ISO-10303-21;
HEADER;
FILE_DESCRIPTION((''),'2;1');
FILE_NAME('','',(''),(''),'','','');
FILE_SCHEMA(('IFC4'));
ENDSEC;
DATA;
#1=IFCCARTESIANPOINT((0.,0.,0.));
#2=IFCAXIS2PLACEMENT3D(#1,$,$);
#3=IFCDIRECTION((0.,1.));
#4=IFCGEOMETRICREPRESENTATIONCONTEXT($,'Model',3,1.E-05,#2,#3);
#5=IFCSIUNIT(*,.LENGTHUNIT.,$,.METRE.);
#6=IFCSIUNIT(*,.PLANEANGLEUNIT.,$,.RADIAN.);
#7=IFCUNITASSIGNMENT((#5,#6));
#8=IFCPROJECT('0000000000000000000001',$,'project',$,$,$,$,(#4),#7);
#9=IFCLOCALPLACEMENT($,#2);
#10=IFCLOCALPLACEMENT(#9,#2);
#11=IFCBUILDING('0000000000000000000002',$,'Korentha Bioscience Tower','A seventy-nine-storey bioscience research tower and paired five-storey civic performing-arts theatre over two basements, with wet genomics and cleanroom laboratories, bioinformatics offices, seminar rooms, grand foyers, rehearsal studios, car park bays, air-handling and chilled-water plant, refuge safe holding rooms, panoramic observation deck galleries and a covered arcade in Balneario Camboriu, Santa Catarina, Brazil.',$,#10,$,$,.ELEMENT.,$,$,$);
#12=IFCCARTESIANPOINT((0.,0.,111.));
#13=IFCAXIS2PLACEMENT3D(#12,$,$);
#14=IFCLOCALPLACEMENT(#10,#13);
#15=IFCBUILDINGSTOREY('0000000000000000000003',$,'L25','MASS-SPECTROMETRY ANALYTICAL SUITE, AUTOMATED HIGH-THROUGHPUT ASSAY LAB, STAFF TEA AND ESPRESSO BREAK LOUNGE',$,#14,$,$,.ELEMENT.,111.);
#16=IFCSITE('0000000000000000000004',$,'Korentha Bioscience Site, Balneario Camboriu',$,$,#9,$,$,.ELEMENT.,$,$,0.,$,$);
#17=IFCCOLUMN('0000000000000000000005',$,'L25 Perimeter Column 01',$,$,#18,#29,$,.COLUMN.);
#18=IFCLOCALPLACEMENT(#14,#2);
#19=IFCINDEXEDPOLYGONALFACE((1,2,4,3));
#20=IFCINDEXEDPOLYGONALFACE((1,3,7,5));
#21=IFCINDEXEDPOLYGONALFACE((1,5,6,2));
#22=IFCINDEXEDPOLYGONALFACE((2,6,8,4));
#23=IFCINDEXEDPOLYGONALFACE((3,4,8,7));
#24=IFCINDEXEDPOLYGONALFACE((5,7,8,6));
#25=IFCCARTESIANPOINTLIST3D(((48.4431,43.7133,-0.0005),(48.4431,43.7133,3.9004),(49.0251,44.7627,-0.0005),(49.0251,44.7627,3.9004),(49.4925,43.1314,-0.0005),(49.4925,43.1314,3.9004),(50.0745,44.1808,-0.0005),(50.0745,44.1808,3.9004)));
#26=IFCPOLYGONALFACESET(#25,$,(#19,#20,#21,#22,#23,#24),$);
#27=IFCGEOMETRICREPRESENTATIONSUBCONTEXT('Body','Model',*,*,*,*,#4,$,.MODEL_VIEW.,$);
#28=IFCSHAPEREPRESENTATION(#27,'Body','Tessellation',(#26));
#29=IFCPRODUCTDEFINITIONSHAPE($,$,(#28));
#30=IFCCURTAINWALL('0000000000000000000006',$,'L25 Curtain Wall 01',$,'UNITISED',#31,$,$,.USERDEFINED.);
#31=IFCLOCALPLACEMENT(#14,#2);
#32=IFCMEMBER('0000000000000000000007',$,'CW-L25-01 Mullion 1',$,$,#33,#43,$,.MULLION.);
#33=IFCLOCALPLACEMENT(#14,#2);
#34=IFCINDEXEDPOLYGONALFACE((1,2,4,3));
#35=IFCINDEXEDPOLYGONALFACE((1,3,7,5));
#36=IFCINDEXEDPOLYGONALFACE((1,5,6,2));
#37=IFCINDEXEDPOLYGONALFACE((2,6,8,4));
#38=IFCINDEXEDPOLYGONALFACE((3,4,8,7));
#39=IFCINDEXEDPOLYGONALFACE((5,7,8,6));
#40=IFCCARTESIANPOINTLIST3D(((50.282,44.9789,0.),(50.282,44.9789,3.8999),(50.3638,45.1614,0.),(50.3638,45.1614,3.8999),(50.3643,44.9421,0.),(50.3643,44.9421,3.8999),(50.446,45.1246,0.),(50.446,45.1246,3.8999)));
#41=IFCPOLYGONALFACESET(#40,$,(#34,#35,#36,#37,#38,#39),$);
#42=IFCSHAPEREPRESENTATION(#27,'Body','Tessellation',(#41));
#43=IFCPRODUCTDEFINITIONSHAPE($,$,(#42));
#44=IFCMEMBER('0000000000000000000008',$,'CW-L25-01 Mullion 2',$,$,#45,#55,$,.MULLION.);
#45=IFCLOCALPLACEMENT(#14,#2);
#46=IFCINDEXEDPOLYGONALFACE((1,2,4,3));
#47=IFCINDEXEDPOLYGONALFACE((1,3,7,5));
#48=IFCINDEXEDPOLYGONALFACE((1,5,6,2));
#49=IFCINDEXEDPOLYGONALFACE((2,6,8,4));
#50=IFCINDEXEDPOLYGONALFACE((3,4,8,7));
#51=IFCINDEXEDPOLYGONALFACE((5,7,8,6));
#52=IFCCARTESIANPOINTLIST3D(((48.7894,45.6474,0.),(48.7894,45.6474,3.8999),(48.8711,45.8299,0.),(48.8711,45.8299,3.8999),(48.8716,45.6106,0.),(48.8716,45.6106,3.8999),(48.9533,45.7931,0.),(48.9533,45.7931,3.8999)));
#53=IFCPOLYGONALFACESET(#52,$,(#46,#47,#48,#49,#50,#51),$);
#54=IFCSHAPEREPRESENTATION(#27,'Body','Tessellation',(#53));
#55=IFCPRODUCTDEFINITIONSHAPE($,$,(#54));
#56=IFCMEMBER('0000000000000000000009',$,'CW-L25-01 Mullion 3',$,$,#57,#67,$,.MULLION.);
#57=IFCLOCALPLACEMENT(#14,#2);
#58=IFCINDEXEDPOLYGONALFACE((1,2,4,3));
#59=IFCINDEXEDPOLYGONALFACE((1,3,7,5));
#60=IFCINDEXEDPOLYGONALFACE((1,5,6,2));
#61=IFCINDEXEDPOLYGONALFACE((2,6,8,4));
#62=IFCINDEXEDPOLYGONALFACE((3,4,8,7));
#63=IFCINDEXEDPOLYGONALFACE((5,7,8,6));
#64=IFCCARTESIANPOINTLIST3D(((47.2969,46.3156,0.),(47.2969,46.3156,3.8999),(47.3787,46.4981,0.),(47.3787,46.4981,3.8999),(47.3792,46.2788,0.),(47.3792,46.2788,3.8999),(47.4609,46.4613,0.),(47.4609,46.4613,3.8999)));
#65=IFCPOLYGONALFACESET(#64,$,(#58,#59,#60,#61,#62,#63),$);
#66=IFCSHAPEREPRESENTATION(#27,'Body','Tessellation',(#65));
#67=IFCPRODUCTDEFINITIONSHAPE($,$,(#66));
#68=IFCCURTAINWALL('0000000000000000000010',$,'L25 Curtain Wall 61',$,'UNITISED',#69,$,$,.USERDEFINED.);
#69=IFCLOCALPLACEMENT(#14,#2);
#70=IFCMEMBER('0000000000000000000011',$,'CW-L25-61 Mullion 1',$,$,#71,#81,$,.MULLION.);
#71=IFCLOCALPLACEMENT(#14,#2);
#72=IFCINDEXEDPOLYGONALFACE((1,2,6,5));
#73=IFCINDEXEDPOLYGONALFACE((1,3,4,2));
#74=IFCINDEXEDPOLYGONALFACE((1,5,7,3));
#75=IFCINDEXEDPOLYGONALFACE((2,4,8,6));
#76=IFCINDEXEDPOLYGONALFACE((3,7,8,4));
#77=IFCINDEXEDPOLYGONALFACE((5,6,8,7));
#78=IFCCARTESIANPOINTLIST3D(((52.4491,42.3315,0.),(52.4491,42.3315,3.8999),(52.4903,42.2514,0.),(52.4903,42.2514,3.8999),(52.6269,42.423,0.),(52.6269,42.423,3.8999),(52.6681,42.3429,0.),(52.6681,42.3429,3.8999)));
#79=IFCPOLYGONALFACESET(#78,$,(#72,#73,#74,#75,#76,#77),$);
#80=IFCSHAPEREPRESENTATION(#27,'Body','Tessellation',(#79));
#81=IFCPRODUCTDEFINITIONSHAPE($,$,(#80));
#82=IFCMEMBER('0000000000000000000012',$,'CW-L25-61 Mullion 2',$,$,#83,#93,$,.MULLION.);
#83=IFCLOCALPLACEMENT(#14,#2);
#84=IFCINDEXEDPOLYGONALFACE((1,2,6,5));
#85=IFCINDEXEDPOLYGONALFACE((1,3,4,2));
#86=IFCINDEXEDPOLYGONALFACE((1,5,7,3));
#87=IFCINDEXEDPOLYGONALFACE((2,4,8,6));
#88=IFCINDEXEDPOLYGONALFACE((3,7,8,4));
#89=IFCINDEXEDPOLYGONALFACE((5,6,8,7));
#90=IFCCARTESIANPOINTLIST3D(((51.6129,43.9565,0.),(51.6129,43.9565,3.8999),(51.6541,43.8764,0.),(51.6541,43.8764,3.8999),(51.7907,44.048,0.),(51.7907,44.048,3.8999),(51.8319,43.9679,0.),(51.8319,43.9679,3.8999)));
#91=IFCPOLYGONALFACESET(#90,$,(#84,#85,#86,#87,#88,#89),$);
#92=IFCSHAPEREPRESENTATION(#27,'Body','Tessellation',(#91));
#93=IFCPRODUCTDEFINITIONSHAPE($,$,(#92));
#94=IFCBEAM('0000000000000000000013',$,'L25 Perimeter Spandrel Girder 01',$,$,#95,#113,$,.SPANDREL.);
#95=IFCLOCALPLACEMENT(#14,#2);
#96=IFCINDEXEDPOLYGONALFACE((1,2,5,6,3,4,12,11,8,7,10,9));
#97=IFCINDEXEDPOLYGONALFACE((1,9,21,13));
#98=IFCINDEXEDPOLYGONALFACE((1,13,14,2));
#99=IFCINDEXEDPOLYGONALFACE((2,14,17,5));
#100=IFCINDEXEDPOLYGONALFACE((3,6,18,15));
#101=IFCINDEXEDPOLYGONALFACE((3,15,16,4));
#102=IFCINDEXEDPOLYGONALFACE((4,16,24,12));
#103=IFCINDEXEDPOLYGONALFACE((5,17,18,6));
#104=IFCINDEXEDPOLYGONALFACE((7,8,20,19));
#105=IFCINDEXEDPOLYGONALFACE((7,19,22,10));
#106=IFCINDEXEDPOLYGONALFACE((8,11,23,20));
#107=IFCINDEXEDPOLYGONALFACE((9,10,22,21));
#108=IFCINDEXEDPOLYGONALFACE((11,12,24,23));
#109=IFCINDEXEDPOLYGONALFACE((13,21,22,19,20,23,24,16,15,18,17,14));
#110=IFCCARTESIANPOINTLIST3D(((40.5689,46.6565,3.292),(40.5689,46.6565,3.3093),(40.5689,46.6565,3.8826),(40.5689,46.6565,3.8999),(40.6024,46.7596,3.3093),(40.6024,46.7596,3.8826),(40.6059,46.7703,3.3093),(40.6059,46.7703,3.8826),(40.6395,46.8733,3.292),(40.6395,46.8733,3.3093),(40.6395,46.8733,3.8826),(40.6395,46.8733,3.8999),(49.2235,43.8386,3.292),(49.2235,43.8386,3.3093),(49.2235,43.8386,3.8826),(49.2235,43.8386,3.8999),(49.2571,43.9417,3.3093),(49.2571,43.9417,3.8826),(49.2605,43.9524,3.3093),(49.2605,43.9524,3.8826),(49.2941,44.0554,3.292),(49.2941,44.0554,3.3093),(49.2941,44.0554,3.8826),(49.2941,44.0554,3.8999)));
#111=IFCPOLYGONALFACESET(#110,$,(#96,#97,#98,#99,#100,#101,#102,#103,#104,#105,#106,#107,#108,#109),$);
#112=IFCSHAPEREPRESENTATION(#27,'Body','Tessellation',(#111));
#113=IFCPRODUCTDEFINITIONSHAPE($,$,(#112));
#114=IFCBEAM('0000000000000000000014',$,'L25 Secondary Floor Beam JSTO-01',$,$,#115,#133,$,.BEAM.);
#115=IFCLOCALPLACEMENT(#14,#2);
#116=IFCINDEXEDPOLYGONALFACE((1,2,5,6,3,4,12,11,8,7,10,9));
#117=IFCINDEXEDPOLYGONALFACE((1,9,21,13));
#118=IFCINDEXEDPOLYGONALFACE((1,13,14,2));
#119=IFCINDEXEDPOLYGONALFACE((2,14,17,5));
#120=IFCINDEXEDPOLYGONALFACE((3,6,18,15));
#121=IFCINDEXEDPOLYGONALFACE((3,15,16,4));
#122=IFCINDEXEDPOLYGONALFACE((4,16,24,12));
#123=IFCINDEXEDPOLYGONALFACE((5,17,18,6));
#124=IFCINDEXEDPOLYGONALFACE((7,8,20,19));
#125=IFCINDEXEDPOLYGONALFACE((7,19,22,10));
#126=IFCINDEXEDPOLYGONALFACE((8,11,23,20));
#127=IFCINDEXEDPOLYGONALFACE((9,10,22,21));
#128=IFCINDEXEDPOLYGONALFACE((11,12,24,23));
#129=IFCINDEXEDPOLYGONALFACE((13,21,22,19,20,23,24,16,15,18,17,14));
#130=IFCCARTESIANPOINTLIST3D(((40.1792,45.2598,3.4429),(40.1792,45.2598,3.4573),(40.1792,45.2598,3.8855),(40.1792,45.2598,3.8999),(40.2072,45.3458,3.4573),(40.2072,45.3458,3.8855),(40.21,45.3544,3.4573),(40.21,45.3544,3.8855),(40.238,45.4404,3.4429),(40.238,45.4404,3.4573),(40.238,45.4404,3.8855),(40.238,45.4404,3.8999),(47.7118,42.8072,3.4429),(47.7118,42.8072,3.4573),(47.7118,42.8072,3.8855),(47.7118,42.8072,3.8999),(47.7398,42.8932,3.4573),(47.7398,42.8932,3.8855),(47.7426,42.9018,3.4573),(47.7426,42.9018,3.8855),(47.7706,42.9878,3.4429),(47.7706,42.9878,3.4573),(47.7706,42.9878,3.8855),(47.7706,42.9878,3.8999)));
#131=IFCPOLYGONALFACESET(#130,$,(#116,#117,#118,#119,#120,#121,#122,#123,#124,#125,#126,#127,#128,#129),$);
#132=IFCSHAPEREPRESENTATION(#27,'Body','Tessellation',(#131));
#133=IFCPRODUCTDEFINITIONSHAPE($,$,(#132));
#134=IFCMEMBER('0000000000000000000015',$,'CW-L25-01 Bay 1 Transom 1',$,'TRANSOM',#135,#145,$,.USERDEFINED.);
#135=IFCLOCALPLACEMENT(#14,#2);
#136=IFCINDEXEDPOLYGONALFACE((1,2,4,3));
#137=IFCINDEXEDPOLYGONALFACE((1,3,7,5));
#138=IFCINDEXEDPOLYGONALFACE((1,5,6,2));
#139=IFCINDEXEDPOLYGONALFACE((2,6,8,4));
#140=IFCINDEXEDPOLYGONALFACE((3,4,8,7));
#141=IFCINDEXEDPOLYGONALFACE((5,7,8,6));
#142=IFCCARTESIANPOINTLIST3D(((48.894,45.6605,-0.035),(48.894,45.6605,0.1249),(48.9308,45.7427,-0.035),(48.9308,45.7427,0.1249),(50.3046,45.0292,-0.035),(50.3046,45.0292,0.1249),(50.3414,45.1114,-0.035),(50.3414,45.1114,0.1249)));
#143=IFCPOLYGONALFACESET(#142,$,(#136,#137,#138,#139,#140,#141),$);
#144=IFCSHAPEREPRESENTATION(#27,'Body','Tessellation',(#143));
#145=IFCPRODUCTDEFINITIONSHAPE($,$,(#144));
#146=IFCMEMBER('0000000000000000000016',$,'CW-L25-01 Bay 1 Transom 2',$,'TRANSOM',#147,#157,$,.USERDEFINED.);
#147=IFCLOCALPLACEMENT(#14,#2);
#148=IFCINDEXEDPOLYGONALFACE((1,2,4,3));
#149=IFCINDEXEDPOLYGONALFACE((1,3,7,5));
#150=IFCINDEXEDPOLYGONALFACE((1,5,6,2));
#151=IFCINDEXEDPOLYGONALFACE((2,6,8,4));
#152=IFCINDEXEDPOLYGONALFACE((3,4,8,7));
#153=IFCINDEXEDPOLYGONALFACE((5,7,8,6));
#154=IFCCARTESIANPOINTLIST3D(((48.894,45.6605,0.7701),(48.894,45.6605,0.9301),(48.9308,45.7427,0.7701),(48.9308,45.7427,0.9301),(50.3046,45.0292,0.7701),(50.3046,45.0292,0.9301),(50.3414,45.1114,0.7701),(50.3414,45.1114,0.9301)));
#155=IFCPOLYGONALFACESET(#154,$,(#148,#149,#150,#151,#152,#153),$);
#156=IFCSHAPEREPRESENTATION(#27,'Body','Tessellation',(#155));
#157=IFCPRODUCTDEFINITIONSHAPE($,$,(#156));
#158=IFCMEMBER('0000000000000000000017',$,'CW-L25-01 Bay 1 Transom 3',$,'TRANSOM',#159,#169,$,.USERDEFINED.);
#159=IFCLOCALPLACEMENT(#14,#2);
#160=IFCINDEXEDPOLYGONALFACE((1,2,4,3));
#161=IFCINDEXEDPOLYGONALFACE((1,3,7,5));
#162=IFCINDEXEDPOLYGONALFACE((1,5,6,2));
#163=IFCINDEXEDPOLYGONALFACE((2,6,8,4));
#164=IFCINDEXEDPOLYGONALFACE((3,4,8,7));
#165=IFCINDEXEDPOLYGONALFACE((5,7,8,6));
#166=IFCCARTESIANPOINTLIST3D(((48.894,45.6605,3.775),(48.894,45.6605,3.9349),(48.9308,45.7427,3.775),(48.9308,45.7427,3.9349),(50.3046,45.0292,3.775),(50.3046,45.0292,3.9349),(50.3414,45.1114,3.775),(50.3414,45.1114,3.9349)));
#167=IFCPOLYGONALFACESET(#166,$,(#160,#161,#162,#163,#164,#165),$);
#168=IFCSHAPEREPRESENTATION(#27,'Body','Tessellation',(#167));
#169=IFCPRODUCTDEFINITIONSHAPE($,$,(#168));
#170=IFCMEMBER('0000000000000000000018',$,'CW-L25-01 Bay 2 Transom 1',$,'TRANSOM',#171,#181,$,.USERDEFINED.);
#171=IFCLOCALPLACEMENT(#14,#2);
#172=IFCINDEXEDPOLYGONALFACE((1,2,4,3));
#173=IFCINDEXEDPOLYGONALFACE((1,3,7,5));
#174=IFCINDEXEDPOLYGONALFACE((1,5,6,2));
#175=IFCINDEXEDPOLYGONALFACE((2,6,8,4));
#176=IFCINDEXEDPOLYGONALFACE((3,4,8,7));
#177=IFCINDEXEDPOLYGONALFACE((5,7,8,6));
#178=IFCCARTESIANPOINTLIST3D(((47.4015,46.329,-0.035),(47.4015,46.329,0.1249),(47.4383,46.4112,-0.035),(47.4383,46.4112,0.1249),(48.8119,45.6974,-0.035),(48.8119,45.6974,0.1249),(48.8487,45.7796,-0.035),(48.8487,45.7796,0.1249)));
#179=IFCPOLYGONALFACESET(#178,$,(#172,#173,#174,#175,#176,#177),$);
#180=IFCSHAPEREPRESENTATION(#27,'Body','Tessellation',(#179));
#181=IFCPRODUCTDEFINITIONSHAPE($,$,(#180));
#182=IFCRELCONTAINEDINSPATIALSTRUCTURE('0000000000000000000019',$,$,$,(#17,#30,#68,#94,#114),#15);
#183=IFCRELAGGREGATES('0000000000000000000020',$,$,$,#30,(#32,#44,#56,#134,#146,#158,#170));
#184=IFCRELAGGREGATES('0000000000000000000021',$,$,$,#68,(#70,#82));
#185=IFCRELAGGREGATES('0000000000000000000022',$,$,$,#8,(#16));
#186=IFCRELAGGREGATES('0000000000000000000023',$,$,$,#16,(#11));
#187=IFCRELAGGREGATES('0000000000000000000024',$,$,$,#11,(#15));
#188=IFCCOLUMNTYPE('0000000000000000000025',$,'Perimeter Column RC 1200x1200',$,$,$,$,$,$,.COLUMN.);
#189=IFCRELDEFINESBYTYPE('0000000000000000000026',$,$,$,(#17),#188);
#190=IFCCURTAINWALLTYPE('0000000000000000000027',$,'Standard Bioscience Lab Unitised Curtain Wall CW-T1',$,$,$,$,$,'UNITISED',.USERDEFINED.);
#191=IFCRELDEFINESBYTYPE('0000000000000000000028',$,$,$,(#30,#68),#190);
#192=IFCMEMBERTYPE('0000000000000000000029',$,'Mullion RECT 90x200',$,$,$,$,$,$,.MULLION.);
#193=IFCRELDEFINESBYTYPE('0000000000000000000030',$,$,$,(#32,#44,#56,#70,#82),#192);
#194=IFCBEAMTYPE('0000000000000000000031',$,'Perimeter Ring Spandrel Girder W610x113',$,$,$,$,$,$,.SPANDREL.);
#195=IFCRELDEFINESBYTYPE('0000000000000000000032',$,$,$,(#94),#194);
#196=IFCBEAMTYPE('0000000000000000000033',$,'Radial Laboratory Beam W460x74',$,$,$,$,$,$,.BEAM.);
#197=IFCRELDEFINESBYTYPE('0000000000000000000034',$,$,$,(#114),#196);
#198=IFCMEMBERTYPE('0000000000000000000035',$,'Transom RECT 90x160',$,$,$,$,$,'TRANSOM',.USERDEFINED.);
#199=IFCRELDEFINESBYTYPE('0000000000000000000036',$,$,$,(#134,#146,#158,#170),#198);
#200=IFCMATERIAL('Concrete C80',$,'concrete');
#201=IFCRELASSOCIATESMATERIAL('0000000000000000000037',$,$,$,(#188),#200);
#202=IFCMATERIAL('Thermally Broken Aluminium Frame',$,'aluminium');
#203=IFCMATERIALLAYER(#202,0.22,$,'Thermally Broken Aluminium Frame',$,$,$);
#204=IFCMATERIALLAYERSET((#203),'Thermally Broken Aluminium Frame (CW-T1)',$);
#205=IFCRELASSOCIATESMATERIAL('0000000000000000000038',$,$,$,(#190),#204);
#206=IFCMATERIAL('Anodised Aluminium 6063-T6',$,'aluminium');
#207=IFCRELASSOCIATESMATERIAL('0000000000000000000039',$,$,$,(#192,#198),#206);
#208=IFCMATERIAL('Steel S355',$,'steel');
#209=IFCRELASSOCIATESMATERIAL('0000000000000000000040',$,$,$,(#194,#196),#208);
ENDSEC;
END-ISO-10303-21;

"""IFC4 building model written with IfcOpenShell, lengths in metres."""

from ifc_helpers import new_model, si_unit, direction, frame, origin, origin_2d, place, context, subcontext, project, spatial, rectangle, i_section, extrude, material, layer, layer_set, material_profile, profile_set, type_object, element, aggregate, save


model = new_model("IFC4")

# Units and contexts
model_context = context("Model", 3, precision=1e-05, world=origin(), true_north=direction((0.0, 1.0)))
body_context = subcontext(model_context, "Body", "Model", "MODEL_VIEW")
ifc_project = project(units=[si_unit("LENGTHUNIT", "METRE"), si_unit("PLANEANGLEUNIT", "RADIAN")], contexts=[model_context])

# Site, building, storey
site_placement = place(None, origin())
site = spatial("IfcSite", under=ifc_project, at=site_placement, Name="Korentha Bioscience Site, Balneario Camboriu", CompositionType="ELEMENT", RefElevation=0.0)
building_placement = place(site_placement, origin())
building = spatial("IfcBuilding", under=site, at=building_placement, Name="Korentha Bioscience Tower", Description="A seventy-nine-storey bioscience research tower and paired five-storey civic performing-arts theatre over two basements, with wet genomics and cleanroom laboratories, bioinformatics offices, seminar rooms, grand foyers, rehearsal studios, car park bays, air-handling and chilled-water plant, refuge safe holding rooms, panoramic observation deck galleries and a covered arcade in Balneario Camboriu, Santa Catarina, Brazil.", CompositionType="ELEMENT")
storey_placement = place(building_placement, frame((0.0, 0.0, 111.0)))
storey = spatial("IfcBuildingStorey", under=building, at=storey_placement, Name="L25", Description="MASS-SPECTROMETRY ANALYTICAL SUITE, AUTOMATED HIGH-THROUGHPUT ASSAY LAB, STAFF TEA AND ESPRESSO BREAK LOUNGE", CompositionType="ELEMENT", Elevation=111.0)

# Column
ifc_material_1 = material(Name="Concrete C80", Category="concrete")
ifc_material_profile_1 = material_profile(ifc_material_1, rectangle(XDim=1.2, YDim=1.2, at=origin_2d()), Name="Concrete C80")
ifc_profile_set_1 = profile_set([ifc_material_profile_1], Name="Concrete C80 (COL-P12)")
column_type = type_object("IfcColumnType", Name="Perimeter Column RC 1200x1200", PredefinedType="COLUMN", material=ifc_profile_set_1)
column_placement = place(storey_placement, frame((49.2588, 43.947, -0.0005), z_axis=(0.0, 0.0, 1.0), x_axis=(-0.874535, 0.484962, 0.0)))
element("IfcColumn", 1, at=column_placement, inside=storey, type_object=column_type, Name="L25 Perimeter Column 01", PredefinedType="COLUMN", context=body_context, shape_type="SweptSolid", body=[
    extrude(rectangle(XDim=1.2, YDim=1.2, at=origin_2d()), origin(), (0.0, 0.0, 1.0), 3.9009),
])

# Curtain walls, members
ifc_material_2 = material(Name="Thermally Broken Aluminium Frame", Category="aluminium")
ifc_layer_1 = layer(ifc_material_2, 0.22, Name="Thermally Broken Aluminium Frame")
ifc_layer_set_1 = layer_set([ifc_layer_1], Name="Thermally Broken Aluminium Frame (CW-T1)")
curtain_wall_type = type_object("IfcCurtainWallType", Name="Standard Bioscience Lab Unitised Curtain Wall CW-T1", ElementType="UNITISED", PredefinedType="USERDEFINED", material=ifc_layer_set_1)
curtain_wall_1_placement = place(storey_placement, origin())
curtain_wall_1 = element("IfcCurtainWall", 2, at=curtain_wall_1_placement, inside=storey, type_object=curtain_wall_type, Name="L25 Curtain Wall 01", ObjectType="UNITISED", PredefinedType="USERDEFINED")
ifc_material_3 = material(Name="Anodised Aluminium 6063-T6", Category="aluminium")
ifc_material_profile_2 = material_profile(ifc_material_3, rectangle(XDim=0.0901, YDim=0.2, at=origin_2d()), Name="Anodised Aluminium 6063-T6")
ifc_profile_set_2 = profile_set([ifc_material_profile_2], Name="Anodised Aluminium 6063-T6 (CW-MUL)")
member_type_1 = type_object("IfcMemberType", Name="Mullion RECT 90x200", PredefinedType="MULLION", material=ifc_profile_set_2)
member_1_placement = place(storey_placement, frame((50.364, 45.0518, 0.0), z_axis=(0.0, 0.0, 1.0), x_axis=(-0.912687, 0.40866, 0.0)))
member_1 = element("IfcMember", 3, at=member_1_placement, type_object=member_type_1, Name="CW-L25-01 Mullion 1", PredefinedType="MULLION", context=body_context, shape_type="SweptSolid", body=[
    extrude(rectangle(XDim=0.0901, YDim=0.2, at=origin_2d()), origin(), (0.0, 0.0, 1.0), 3.8999),
])
member_2_placement = place(storey_placement, frame((48.8713, 45.7202, 0.0), z_axis=(0.0, 0.0, 1.0), x_axis=(-0.912687, 0.40866, 0.0)))
member_2 = element("IfcMember", 4, at=member_2_placement, type_object=member_type_1, Name="CW-L25-01 Mullion 2", PredefinedType="MULLION", context=body_context, shape_type="SweptSolid", body=[
    extrude(rectangle(XDim=0.0901, YDim=0.2, at=origin_2d()), origin(), (0.0, 0.0, 1.0), 3.8999),
])
member_3_placement = place(storey_placement, frame((47.3789, 46.3884, 0.0), z_axis=(0.0, 0.0, 1.0), x_axis=(-0.912687, 0.40866, 0.0)))
member_3 = element("IfcMember", 5, at=member_3_placement, type_object=member_type_1, Name="CW-L25-01 Mullion 3", PredefinedType="MULLION", context=body_context, shape_type="SweptSolid", body=[
    extrude(rectangle(XDim=0.0901, YDim=0.2, at=origin_2d()), origin(), (0.0, 0.0, 1.0), 3.8999),
])
curtain_wall_2_placement = place(storey_placement, origin())
curtain_wall_2 = element("IfcCurtainWall", 6, at=curtain_wall_2_placement, inside=storey, type_object=curtain_wall_type, Name="L25 Curtain Wall 61", ObjectType="UNITISED", PredefinedType="USERDEFINED")
member_4_placement = place(storey_placement, frame((52.5586, 42.3372, 0.0), z_axis=(0.0, 0.0, 1.0), x_axis=(-0.457613, 0.889151, 0.0)))
member_4 = element("IfcMember", 7, at=member_4_placement, type_object=member_type_1, Name="CW-L25-61 Mullion 1", PredefinedType="MULLION", context=body_context, shape_type="SweptSolid", body=[
    extrude(rectangle(XDim=0.0901, YDim=0.2, at=origin_2d()), origin(), (0.0, 0.0, 1.0), 3.8999),
])
member_5_placement = place(storey_placement, frame((51.7224, 43.9622, 0.0), z_axis=(0.0, 0.0, 1.0), x_axis=(-0.457613, 0.889151, 0.0)))
member_5 = element("IfcMember", 8, at=member_5_placement, type_object=member_type_1, Name="CW-L25-61 Mullion 2", PredefinedType="MULLION", context=body_context, shape_type="SweptSolid", body=[
    extrude(rectangle(XDim=0.0901, YDim=0.2, at=origin_2d()), origin(), (0.0, 0.0, 1.0), 3.8999),
])

# Beams
ifc_material_4 = material(Name="Steel S355", Category="steel")
ifc_material_profile_3 = material_profile(ifc_material_4, i_section(OverallWidth=0.228, OverallDepth=0.6079, WebThickness=0.0112, FlangeThickness=0.0173, at=origin_2d()), Name="Steel S355")
ifc_profile_set_3 = profile_set([ifc_material_profile_3], Name="Steel S355 (SB-610)")
beam_type_1 = type_object("IfcBeamType", Name="Perimeter Ring Spandrel Girder W610x113", PredefinedType="SPANDREL", material=ifc_profile_set_3)
beam_1_placement = place(storey_placement, frame((49.2588, 43.947, 3.5959), z_axis=(-0.950868, 0.309597, 0.0), x_axis=(-0.309597, -0.950868, 0.0)))
element("IfcBeam", 9, at=beam_1_placement, inside=storey, type_object=beam_type_1, Name="L25 Perimeter Spandrel Girder 01", PredefinedType="SPANDREL", context=body_context, shape_type="SweptSolid", body=[
    extrude(i_section(OverallWidth=0.228, OverallDepth=0.6079, WebThickness=0.0112, FlangeThickness=0.0173, at=origin_2d()), origin(), (0.0, 0.0, 1.0), 9.1018),
])
ifc_material_profile_4 = material_profile(ifc_material_4, i_section(OverallWidth=0.1899, OverallDepth=0.457, WebThickness=0.009, FlangeThickness=0.0144, at=origin_2d()), Name="Steel S355")
ifc_profile_set_4 = profile_set([ifc_material_profile_4], Name="Steel S355 (RB-460)")
beam_type_2 = type_object("IfcBeamType", Name="Radial Laboratory Beam W460x74", PredefinedType="BEAM", material=ifc_profile_set_4)
beam_2_placement = place(storey_placement, frame((47.7412, 42.8975, 3.6714), z_axis=(-0.950867, 0.3096, 0.0), x_axis=(-0.3096, -0.950867, 0.0)))
element("IfcBeam", 10, at=beam_2_placement, inside=storey, type_object=beam_type_2, Name="L25 Secondary Floor Beam JSTO-01", PredefinedType="BEAM", context=body_context, shape_type="SweptSolid", body=[
    extrude(i_section(OverallWidth=0.1899, OverallDepth=0.457, WebThickness=0.009, FlangeThickness=0.0144, at=origin_2d()), origin(), (0.0, 0.0, 1.0), 7.9219),
])

# Members
ifc_material_profile_5 = material_profile(ifc_material_3, rectangle(XDim=0.0901, YDim=0.1599, at=origin_2d()), Name="Anodised Aluminium 6063-T6")
ifc_profile_set_5 = profile_set([ifc_material_profile_5], Name="Anodised Aluminium 6063-T6 (CW-TRN)")
member_type_2 = type_object("IfcMemberType", Name="Transom RECT 90x160", ElementType="TRANSOM", PredefinedType="USERDEFINED", material=ifc_profile_set_5)
member_6_placement = place(storey_placement, frame((50.323, 45.0703, 0.0449), z_axis=(-0.912753, 0.408512, 0.0), x_axis=(-0.408512, -0.912753, 0.0)))
member_6 = element("IfcMember", 11, at=member_6_placement, type_object=member_type_2, Name="CW-L25-01 Bay 1 Transom 1", ObjectType="TRANSOM", PredefinedType="USERDEFINED", context=body_context, shape_type="SweptSolid", body=[
    extrude(rectangle(XDim=0.0901, YDim=0.1599, at=origin_2d()), origin(), (0.0, 0.0, 1.0), 1.5454),
])
member_7_placement = place(storey_placement, frame((50.323, 45.0703, 0.8501), z_axis=(-0.912753, 0.408512, 0.0), x_axis=(-0.408512, -0.912753, 0.0)))
member_7 = element("IfcMember", 12, at=member_7_placement, type_object=member_type_2, Name="CW-L25-01 Bay 1 Transom 2", ObjectType="TRANSOM", PredefinedType="USERDEFINED", context=body_context, shape_type="SweptSolid", body=[
    extrude(rectangle(XDim=0.0901, YDim=0.1599, at=origin_2d()), origin(), (0.0, 0.0, 1.0), 1.5454),
])
member_8_placement = place(storey_placement, frame((50.323, 45.0703, 3.855), z_axis=(-0.912753, 0.408512, 0.0), x_axis=(-0.408512, -0.912753, 0.0)))
member_8 = element("IfcMember", 13, at=member_8_placement, type_object=member_type_2, Name="CW-L25-01 Bay 1 Transom 3", ObjectType="TRANSOM", PredefinedType="USERDEFINED", context=body_context, shape_type="SweptSolid", body=[
    extrude(rectangle(XDim=0.0901, YDim=0.1599, at=origin_2d()), origin(), (0.0, 0.0, 1.0), 1.5454),
])
member_9_placement = place(storey_placement, frame((48.8303, 45.7385, 0.0449), z_axis=(-0.912668, 0.408702, 0.0), x_axis=(-0.408702, -0.912668, 0.0)))
member_9 = element("IfcMember", 14, at=member_9_placement, type_object=member_type_2, Name="CW-L25-01 Bay 2 Transom 1", ObjectType="TRANSOM", PredefinedType="USERDEFINED", context=body_context, shape_type="SweptSolid", body=[
    extrude(rectangle(XDim=0.0901, YDim=0.1599, at=origin_2d()), origin(), (0.0, 0.0, 1.0), 1.5454),
])

aggregate(curtain_wall_1, [member_1, member_2, member_3, member_6, member_7, member_8, member_9])
aggregate(curtain_wall_2, [member_4, member_5])

save(model, "model.ifc")
